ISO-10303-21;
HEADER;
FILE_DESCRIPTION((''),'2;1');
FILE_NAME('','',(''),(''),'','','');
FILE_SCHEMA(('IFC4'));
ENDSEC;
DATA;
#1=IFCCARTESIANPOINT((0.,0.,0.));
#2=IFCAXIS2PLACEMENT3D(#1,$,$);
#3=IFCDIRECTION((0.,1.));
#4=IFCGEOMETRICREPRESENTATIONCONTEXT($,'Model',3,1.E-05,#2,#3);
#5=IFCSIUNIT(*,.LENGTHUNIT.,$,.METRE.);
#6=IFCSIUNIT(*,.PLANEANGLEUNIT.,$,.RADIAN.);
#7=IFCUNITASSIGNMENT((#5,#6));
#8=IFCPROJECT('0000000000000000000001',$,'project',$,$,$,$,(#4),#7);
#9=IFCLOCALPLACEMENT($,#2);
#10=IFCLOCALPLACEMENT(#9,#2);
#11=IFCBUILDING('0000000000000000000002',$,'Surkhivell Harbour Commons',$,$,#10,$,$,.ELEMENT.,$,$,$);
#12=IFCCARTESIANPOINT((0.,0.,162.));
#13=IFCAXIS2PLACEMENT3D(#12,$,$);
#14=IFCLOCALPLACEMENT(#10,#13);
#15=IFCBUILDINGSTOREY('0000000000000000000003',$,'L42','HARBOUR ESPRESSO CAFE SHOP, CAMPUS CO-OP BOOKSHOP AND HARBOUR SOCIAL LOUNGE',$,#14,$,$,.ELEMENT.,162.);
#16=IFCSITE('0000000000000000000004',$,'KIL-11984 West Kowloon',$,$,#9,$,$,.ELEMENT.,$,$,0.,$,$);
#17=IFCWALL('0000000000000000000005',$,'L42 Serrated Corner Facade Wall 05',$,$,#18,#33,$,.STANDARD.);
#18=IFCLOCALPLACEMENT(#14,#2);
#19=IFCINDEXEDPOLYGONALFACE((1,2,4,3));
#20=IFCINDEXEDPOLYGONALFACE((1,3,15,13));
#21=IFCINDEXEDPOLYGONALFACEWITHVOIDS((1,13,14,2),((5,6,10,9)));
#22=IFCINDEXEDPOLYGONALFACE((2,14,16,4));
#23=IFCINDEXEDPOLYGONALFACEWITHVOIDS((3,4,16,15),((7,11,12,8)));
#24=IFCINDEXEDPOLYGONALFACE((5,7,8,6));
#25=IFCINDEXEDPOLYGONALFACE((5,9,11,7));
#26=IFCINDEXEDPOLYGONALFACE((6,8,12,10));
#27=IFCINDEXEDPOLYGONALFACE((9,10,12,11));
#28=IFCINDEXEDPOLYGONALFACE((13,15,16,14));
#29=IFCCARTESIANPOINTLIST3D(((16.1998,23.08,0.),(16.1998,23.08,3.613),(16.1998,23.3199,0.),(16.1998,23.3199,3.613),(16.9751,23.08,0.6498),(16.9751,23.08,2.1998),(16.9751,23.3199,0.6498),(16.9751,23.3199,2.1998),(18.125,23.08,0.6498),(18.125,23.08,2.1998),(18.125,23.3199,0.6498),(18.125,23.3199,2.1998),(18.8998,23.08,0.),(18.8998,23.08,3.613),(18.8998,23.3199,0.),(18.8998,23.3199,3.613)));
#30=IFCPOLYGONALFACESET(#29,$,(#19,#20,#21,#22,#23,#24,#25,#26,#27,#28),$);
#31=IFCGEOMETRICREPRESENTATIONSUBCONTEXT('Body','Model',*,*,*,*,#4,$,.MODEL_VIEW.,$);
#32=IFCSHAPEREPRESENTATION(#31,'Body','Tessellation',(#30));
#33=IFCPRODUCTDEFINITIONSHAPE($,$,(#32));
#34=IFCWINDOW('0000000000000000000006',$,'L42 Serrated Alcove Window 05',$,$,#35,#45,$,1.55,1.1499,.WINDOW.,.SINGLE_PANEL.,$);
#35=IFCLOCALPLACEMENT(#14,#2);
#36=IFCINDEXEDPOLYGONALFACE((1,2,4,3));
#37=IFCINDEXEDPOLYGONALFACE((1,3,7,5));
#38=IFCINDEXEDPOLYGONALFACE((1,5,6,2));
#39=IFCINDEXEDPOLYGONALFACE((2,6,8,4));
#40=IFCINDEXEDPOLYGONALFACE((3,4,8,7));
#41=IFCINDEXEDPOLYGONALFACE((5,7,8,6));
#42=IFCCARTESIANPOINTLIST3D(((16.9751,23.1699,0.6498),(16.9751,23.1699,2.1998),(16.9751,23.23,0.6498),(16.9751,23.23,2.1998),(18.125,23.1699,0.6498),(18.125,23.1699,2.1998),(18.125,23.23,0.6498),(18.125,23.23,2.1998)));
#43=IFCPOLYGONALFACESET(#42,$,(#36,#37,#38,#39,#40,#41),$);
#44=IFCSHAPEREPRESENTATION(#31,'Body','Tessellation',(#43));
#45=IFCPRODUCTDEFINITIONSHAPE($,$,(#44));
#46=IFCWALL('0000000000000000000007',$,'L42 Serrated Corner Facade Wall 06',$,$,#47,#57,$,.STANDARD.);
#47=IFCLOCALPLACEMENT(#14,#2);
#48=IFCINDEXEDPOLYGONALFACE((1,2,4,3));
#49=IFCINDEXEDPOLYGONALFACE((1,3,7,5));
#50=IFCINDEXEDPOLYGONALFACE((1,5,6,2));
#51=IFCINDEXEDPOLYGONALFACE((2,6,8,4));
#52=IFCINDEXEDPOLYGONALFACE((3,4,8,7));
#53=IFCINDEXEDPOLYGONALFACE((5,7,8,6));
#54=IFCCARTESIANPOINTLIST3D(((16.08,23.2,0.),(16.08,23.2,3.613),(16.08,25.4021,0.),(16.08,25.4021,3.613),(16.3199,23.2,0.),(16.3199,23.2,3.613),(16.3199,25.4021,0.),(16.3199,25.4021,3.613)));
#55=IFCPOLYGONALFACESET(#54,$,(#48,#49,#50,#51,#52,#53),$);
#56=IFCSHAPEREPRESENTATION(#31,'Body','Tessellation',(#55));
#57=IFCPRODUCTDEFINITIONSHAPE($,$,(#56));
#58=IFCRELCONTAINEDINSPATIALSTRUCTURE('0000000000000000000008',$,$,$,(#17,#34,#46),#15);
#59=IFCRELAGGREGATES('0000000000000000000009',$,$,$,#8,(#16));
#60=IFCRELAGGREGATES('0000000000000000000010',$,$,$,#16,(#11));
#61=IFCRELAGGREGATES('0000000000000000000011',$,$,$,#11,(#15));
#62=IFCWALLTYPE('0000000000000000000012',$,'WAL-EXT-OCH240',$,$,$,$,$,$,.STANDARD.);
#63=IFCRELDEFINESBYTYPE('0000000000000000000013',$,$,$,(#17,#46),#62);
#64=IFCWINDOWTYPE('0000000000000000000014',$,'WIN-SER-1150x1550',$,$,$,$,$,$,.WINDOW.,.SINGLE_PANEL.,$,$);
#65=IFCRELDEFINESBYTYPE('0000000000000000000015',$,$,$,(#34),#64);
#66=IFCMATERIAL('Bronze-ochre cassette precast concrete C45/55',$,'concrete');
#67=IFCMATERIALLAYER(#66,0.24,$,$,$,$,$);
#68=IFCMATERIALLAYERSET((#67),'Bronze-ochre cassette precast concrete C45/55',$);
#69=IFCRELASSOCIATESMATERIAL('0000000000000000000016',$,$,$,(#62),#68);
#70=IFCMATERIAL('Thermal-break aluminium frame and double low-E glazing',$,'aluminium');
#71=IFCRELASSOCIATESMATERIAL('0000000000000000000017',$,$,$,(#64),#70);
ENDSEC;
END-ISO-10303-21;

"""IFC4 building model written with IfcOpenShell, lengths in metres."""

from ifc_helpers import new_model, si_unit, direction, frame, frame_2d, origin, place, context, subcontext, project, spatial, rectangle, extrude, material, layer, layer_set, type_object, element, fill, save


model = new_model("IFC4")

# Units and contexts
model_context = context("Model", 3, precision=1e-05, world=origin(), true_north=direction((0.0, 1.0)))
body_context = subcontext(model_context, "Body", "Model", "MODEL_VIEW")
ifc_project = project(units=[si_unit("LENGTHUNIT", "METRE"), si_unit("PLANEANGLEUNIT", "RADIAN")], contexts=[model_context])

# Site, building, storey
site_placement = place(None, origin())
site = spatial("IfcSite", under=ifc_project, at=site_placement, Name="KIL-11984 West Kowloon", CompositionType="ELEMENT", RefElevation=0.0)
building_placement = place(site_placement, origin())
building = spatial("IfcBuilding", under=site, at=building_placement, Name="Surkhivell Harbour Commons", CompositionType="ELEMENT")
storey_placement = place(building_placement, frame((0.0, 0.0, 162.0)))
storey = spatial("IfcBuildingStorey", under=building, at=storey_placement, Name="L42", Description="HARBOUR ESPRESSO CAFE SHOP, CAMPUS CO-OP BOOKSHOP AND HARBOUR SOCIAL LOUNGE", CompositionType="ELEMENT", Elevation=162.0)

# Shared definitions
ifc_material_1 = material(Name="Bronze-ochre cassette precast concrete C45/55", Category="concrete")
ifc_layer_1 = layer(ifc_material_1, 0.24)
ifc_layer_set_1 = layer_set([ifc_layer_1], Name="Bronze-ochre cassette precast concrete C45/55")
wall_type = type_object("IfcWallType", Name="WAL-EXT-OCH240", PredefinedType="STANDARD", material=ifc_layer_set_1)

# Wall, opening, window
wall_1_placement = place(storey_placement, frame((18.8999, 23.2, 0.0), z_axis=(0.0, 0.0, 1.0), x_axis=(-1.0, 0.0, 0.0)))
wall_1 = element("IfcWall", 1, at=wall_1_placement, inside=storey, type_object=wall_type, Name="L42 Serrated Corner Facade Wall 05", PredefinedType="STANDARD", context=body_context, shape_type="SweptSolid", body=[
    extrude(rectangle(XDim=2.7, YDim=0.24, at=frame_2d((1.3501, 0.0))), origin(), (0.0, 0.0, 1.0), 3.613),
])
opening_placement = place(wall_1_placement, frame((0.7749, 0.0, 0.6499)))
opening = element("IfcOpeningElement", 2, at=opening_placement, cuts=wall_1, PredefinedType="OPENING", context=body_context, shape_type="SweptSolid", body=[
    extrude(rectangle(XDim=1.1499, YDim=1.55, at=frame_2d((0.575, 0.7749))), frame((0.0, 0.1299, 0.0), z_axis=(0.0, -1.0, 0.0), x_axis=(1.0, 0.0, 0.0)), (0.0, 0.0, 1.0), 0.26),
])
ifc_material_2 = material(Name="Thermal-break aluminium frame and double low-E glazing", Category="aluminium")
window_type = type_object("IfcWindowType", Name="WIN-SER-1150x1550", PartitioningType="SINGLE_PANEL", PredefinedType="WINDOW", material=ifc_material_2)
window_placement = place(opening_placement, origin())
window = element("IfcWindow", 3, at=window_placement, inside=storey, type_object=window_type, Name="L42 Serrated Alcove Window 05", OverallHeight=1.55, OverallWidth=1.1499, PartitioningType="SINGLE_PANEL", PredefinedType="WINDOW", context=body_context, shape_type="SweptSolid", body=[
    extrude(rectangle(XDim=1.1499, YDim=1.55, at=frame_2d((0.575, 0.7749))), frame((0.0, 0.03, 0.0), z_axis=(0.0, -1.0, 0.0), x_axis=(1.0, 0.0, 0.0)), (0.0, 0.0, 1.0), 0.0601),
])
fill(opening, window)

# Wall
wall_2_placement = place(storey_placement, frame((16.2, 23.2, 0.0), z_axis=(0.0, 0.0, 1.0), x_axis=(0.0, 1.0, 0.0)))
element("IfcWall", 4, at=wall_2_placement, inside=storey, type_object=wall_type, Name="L42 Serrated Corner Facade Wall 06", PredefinedType="STANDARD", context=body_context, shape_type="SweptSolid", body=[
    extrude(rectangle(XDim=2.2021, YDim=0.24, at=frame_2d((1.1011, 0.0))), origin(), (0.0, 0.0, 1.0), 3.613),
])

save(model, "model.ifc")
